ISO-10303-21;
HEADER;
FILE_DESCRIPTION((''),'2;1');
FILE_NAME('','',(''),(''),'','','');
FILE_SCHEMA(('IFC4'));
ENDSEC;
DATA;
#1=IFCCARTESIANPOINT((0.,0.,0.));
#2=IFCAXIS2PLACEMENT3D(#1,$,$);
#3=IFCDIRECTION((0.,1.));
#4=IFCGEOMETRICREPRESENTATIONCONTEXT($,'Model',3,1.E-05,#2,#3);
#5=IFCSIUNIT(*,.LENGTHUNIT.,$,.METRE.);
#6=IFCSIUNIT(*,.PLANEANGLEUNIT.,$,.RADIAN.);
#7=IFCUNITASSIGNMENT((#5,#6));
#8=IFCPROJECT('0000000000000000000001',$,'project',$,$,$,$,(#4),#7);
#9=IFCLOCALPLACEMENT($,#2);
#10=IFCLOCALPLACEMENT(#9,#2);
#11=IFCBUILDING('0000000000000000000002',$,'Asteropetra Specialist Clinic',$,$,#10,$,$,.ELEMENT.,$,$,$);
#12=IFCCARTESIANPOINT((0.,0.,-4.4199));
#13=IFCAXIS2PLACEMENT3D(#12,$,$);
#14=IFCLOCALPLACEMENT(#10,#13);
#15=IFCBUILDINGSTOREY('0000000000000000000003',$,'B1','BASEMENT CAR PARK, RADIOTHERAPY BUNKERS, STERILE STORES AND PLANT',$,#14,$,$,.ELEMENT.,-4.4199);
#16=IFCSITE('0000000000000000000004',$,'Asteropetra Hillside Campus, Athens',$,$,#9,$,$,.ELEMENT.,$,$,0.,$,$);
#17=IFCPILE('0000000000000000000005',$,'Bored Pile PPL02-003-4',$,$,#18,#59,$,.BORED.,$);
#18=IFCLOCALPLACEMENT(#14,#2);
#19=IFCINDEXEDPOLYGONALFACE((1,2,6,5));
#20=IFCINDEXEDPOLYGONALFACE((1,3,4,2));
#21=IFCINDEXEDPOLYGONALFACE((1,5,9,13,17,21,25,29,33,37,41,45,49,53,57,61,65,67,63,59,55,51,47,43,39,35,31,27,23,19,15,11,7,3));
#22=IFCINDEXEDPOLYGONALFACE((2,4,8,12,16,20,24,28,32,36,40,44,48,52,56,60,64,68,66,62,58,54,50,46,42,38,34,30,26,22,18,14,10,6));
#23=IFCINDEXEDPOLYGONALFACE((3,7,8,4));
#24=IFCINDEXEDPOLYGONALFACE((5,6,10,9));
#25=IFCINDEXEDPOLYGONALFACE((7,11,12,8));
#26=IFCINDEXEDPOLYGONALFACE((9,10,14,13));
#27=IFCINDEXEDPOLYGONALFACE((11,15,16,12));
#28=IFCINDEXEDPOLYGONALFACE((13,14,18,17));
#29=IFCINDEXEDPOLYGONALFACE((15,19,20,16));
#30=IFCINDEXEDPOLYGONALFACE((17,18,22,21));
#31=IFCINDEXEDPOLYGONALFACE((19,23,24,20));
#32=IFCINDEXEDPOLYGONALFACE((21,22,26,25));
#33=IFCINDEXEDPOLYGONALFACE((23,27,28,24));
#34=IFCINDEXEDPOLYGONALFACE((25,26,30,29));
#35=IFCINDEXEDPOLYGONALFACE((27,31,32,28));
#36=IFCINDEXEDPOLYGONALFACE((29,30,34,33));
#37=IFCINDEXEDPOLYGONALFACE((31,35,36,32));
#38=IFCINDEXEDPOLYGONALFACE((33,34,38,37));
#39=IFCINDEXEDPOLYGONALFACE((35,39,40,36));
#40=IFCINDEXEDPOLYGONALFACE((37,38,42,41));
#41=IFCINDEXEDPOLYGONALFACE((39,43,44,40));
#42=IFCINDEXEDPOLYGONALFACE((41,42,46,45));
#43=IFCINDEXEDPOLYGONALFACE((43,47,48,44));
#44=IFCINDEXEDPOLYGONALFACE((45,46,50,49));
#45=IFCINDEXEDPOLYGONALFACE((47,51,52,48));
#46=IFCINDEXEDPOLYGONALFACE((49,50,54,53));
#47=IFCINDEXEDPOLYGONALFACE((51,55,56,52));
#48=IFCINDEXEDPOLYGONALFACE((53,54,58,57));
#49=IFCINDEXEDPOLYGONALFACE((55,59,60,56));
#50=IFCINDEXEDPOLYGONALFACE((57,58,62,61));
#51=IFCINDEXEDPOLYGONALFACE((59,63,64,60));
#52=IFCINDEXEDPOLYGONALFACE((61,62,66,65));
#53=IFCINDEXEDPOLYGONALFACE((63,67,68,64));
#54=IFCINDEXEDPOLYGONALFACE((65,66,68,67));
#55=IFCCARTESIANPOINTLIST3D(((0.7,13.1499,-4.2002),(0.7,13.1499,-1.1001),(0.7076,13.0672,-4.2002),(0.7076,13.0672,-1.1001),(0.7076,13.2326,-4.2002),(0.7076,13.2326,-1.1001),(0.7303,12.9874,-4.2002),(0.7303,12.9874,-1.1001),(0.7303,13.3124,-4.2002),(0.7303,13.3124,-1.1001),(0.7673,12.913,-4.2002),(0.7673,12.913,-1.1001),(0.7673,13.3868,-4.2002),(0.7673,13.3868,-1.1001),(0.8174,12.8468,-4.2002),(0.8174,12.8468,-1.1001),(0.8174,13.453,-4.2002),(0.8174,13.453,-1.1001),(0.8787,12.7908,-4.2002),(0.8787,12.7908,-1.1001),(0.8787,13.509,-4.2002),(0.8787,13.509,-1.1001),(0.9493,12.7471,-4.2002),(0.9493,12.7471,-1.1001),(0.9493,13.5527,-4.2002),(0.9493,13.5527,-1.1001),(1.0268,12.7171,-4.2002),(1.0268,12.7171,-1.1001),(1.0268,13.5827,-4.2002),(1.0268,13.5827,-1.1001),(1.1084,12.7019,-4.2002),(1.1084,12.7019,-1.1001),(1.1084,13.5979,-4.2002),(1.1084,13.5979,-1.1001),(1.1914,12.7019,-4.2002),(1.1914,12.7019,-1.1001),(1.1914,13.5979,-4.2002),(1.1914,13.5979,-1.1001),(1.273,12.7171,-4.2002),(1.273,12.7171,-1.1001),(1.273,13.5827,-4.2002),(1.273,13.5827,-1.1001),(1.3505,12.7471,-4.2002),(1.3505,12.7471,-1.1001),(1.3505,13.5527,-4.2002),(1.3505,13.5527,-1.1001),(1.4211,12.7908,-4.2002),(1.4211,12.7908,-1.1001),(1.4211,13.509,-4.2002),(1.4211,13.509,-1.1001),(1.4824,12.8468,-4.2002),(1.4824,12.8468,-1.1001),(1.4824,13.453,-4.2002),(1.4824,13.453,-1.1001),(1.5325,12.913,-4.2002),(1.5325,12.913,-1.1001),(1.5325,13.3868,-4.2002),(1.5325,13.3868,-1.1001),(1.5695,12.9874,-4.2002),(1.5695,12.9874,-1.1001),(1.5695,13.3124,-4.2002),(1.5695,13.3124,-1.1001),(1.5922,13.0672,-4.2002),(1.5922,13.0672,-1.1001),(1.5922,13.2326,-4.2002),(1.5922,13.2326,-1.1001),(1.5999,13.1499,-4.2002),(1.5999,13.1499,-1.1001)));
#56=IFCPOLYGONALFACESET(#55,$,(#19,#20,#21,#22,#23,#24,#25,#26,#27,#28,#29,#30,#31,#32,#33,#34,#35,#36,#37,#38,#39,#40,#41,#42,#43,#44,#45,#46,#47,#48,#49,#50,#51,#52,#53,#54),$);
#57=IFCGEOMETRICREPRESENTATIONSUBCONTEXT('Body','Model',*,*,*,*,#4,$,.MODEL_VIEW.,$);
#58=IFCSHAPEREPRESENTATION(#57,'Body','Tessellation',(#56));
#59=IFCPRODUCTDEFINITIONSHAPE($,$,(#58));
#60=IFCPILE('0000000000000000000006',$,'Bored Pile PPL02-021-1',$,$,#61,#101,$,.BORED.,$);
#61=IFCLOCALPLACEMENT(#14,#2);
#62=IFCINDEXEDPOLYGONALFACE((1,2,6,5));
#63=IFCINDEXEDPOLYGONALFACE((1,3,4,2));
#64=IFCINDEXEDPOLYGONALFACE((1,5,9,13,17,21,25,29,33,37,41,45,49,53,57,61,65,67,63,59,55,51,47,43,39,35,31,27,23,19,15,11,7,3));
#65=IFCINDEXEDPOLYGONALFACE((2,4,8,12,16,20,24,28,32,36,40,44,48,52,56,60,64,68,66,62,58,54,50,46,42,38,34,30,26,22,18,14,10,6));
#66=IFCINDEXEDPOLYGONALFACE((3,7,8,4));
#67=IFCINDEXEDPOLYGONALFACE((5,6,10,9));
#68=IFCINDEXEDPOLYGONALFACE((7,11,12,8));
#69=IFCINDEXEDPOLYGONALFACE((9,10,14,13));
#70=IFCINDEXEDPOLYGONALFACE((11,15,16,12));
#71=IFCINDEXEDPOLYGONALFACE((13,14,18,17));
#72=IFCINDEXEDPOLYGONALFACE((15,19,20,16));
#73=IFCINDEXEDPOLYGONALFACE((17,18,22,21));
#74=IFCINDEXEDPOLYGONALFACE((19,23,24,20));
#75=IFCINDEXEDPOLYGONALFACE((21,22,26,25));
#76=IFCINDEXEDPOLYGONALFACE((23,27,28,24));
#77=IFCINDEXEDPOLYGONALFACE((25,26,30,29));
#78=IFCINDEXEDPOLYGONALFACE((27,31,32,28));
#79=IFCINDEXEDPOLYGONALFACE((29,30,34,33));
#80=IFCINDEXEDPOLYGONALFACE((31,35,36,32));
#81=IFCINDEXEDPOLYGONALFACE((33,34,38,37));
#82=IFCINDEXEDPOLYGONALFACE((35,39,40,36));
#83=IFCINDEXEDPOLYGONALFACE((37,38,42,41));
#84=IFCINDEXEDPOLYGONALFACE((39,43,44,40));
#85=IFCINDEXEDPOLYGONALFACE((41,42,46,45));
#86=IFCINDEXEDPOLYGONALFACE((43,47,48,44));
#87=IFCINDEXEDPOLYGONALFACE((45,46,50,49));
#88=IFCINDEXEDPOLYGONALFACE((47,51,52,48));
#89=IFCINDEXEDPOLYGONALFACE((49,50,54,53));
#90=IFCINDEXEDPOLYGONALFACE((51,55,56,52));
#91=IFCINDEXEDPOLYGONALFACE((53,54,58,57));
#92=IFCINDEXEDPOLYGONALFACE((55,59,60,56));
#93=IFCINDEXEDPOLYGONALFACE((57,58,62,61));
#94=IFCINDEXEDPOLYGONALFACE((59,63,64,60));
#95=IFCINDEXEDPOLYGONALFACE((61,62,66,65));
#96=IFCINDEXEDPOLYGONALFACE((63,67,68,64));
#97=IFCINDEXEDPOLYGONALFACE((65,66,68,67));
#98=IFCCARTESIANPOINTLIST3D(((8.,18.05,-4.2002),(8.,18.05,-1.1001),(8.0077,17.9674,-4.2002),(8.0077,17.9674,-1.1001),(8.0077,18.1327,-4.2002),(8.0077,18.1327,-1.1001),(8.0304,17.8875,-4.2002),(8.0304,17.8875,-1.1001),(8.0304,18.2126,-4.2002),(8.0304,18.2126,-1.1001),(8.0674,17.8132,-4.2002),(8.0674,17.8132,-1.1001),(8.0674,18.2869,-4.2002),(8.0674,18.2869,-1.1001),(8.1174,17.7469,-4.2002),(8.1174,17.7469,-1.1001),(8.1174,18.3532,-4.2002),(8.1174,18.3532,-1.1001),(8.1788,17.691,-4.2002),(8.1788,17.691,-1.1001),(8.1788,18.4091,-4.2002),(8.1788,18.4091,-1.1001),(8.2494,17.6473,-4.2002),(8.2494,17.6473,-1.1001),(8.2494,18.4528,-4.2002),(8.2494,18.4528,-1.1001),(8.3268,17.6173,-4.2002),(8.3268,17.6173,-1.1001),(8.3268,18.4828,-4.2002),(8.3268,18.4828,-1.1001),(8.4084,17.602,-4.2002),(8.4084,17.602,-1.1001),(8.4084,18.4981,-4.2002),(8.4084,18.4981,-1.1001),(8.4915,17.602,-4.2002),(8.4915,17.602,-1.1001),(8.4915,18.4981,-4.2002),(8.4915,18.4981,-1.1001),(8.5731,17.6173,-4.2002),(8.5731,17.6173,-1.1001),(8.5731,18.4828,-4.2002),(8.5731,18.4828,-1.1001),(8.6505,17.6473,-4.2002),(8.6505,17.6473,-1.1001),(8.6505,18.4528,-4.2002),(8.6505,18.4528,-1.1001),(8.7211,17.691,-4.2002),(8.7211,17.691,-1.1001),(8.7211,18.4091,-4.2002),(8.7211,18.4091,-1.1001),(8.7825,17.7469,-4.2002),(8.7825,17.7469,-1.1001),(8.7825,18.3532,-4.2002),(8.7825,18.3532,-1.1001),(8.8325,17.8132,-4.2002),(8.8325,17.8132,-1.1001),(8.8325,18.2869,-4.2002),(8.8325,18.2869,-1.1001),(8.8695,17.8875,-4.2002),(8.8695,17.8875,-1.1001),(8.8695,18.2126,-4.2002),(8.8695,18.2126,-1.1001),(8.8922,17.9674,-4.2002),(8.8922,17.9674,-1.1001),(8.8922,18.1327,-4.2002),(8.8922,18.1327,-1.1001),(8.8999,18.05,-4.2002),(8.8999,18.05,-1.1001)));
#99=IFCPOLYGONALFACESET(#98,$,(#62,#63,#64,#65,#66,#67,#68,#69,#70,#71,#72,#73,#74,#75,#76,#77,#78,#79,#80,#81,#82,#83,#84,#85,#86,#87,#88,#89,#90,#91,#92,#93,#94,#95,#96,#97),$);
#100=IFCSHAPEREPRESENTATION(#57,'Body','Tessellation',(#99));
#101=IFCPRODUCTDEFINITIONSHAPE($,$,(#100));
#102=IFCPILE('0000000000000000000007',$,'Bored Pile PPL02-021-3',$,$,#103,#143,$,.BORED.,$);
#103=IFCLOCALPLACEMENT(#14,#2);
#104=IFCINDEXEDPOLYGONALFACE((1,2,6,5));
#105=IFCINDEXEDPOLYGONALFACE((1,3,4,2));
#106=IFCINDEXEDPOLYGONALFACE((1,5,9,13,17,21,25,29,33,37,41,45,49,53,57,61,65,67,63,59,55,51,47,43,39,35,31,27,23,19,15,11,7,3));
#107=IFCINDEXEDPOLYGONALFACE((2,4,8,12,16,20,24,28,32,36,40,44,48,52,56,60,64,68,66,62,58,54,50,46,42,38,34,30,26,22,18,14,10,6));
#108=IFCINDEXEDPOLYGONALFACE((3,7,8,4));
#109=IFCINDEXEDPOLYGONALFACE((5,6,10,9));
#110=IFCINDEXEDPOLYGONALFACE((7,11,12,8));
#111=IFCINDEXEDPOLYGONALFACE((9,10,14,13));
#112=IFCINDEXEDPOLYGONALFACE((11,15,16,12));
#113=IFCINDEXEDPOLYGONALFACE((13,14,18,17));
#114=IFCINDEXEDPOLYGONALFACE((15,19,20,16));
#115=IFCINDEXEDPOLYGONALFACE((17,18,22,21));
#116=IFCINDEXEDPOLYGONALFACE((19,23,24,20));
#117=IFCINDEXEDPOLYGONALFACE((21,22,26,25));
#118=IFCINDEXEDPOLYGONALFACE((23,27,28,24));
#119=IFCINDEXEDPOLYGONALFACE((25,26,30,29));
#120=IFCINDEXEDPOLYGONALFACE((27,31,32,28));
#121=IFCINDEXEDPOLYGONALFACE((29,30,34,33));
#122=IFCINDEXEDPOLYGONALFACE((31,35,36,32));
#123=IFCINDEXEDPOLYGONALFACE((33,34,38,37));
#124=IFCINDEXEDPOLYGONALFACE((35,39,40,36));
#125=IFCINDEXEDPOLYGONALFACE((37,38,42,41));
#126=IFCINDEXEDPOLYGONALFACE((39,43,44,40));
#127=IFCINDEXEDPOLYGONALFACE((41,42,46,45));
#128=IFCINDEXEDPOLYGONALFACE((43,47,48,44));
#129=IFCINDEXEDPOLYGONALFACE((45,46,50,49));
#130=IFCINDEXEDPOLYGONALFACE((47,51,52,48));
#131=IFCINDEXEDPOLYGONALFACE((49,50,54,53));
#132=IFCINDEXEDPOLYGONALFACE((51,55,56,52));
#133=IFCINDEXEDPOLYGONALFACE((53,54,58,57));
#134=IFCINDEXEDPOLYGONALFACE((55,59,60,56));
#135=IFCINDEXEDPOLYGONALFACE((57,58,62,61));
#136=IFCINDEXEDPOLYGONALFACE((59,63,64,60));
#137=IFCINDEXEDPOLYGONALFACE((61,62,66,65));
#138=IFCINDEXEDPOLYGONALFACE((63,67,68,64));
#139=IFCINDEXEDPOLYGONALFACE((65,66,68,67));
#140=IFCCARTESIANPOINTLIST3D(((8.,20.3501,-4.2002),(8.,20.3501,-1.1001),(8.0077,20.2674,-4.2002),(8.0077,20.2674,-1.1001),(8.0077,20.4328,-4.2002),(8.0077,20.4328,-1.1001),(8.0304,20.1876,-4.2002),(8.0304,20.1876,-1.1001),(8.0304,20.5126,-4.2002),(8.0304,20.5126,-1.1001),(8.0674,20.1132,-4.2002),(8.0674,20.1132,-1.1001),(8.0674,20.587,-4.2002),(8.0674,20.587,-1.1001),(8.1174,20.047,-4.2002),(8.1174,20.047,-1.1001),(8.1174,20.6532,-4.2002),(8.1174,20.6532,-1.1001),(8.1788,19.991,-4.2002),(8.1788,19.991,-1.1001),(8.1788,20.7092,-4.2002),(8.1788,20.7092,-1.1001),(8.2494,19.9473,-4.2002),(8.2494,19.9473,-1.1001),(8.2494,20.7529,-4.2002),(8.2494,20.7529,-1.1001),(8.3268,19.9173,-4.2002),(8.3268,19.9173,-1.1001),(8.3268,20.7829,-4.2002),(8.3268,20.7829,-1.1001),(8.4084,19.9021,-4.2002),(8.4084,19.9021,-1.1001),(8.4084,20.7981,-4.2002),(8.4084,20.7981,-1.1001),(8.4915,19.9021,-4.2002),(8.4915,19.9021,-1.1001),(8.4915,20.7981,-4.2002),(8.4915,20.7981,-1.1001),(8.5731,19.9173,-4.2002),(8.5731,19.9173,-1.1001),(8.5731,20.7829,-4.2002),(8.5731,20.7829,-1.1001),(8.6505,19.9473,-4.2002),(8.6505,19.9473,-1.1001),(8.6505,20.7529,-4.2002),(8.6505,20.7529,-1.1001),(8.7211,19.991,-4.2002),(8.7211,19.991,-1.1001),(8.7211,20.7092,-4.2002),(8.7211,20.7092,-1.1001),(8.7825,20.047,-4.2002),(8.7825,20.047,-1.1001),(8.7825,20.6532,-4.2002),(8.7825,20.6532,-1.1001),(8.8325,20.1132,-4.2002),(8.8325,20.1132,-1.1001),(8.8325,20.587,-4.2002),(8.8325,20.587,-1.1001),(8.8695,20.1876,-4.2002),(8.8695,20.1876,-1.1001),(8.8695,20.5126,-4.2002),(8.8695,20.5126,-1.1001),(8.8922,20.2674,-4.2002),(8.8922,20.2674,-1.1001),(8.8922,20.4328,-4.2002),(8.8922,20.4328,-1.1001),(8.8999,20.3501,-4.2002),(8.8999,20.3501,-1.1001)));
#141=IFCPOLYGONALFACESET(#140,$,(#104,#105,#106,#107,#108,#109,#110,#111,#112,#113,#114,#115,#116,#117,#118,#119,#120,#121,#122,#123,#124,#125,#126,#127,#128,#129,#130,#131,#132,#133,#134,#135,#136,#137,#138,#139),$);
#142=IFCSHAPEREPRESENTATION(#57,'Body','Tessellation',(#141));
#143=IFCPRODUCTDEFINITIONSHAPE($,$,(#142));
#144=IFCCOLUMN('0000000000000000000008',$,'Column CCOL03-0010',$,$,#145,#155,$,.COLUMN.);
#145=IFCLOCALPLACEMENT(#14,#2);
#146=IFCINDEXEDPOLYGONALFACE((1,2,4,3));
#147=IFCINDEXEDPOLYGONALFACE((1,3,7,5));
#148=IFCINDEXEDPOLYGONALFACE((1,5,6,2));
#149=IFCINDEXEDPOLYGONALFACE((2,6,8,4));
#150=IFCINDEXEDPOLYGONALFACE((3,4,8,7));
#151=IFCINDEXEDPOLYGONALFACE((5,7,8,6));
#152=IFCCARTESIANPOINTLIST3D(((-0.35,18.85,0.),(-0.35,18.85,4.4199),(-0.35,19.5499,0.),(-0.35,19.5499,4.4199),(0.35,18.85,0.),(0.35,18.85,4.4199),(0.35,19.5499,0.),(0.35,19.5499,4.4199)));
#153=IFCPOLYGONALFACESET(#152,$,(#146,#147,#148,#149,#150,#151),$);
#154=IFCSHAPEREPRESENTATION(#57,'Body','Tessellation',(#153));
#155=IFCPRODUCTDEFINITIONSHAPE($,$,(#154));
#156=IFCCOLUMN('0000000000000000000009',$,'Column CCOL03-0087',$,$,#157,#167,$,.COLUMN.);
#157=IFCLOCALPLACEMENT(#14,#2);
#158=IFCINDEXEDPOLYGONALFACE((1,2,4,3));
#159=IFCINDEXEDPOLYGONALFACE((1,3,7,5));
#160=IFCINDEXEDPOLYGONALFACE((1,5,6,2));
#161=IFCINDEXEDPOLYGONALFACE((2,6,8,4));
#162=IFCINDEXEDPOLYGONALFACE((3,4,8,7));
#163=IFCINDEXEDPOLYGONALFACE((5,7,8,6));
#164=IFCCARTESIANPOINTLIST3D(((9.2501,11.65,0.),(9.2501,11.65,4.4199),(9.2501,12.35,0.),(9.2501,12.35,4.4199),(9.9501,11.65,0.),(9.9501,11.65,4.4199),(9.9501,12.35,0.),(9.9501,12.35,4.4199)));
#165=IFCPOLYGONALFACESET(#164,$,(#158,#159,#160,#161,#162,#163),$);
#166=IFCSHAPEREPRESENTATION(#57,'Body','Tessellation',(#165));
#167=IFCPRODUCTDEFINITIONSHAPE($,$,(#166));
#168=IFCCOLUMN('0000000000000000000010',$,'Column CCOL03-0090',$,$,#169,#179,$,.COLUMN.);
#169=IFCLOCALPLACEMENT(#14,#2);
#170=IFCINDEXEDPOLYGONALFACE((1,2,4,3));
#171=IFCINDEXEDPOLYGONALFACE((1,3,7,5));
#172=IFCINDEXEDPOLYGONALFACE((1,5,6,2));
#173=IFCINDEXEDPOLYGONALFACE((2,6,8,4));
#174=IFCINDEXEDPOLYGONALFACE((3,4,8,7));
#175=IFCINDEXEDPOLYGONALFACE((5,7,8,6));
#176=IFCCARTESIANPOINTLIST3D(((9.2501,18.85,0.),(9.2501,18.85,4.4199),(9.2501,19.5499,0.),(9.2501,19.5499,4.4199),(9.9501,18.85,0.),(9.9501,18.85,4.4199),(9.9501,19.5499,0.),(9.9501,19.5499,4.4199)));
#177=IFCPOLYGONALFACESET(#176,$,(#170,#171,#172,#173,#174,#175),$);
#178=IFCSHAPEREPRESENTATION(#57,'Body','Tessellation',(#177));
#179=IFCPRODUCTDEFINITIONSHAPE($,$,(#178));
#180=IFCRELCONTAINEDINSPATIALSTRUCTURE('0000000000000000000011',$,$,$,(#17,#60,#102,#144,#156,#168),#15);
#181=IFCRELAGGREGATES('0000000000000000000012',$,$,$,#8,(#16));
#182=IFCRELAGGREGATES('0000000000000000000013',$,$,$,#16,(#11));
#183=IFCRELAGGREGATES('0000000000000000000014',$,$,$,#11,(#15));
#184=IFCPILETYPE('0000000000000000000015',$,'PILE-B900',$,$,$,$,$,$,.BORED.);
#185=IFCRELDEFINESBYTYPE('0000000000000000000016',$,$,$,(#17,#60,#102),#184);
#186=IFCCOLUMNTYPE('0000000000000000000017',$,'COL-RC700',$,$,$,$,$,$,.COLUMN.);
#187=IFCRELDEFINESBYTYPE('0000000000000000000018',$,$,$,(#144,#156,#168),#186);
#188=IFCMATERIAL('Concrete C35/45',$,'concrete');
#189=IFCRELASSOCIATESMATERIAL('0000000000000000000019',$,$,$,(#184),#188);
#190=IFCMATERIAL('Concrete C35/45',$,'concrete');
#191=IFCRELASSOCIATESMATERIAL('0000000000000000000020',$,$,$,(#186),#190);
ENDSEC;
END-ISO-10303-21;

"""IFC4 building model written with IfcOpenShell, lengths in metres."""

from ifc_helpers import new_model, si_unit, direction, frame, origin, origin_2d, place, context, subcontext, project, spatial, rectangle, circle, extrude, material, material_profile, profile_set, type_object, element, save


model = new_model("IFC4")

# Units and contexts
model_context = context("Model", 3, precision=1e-05, world=origin(), true_north=direction((0.0, 1.0)))
body_context = subcontext(model_context, "Body", "Model", "MODEL_VIEW")
ifc_project = project(units=[si_unit("LENGTHUNIT", "METRE"), si_unit("PLANEANGLEUNIT", "RADIAN")], contexts=[model_context])

# Site, building, storey
site_placement = place(None, origin())
site = spatial("IfcSite", under=ifc_project, at=site_placement, Name="Asteropetra Hillside Campus, Athens", CompositionType="ELEMENT", RefElevation=0.0)
building_placement = place(site_placement, origin())
building = spatial("IfcBuilding", under=site, at=building_placement, Name="Asteropetra Specialist Clinic", CompositionType="ELEMENT")
storey_placement = place(building_placement, frame((0.0, 0.0, -4.4199)))
storey = spatial("IfcBuildingStorey", under=building, at=storey_placement, Name="B1", Description="BASEMENT CAR PARK, RADIOTHERAPY BUNKERS, STERILE STORES AND PLANT", CompositionType="ELEMENT", Elevation=-4.4199)

# Piles
ifc_material_1 = material(Name="Concrete C35/45", Category="concrete")
ifc_material_profile_1 = material_profile(ifc_material_1, circle(Radius=0.45, at=origin_2d()), Name="PILE D900")
ifc_profile_set_1 = profile_set([ifc_material_profile_1], Name="Concrete C35/45")
pile_type_1 = type_object("IfcPileType", Name="PILE-B900", PredefinedType="BORED", material=ifc_profile_set_1)
for number, where, z_axis, x_axis, name in (
    (1, (1.1499, 13.1499, -1.1001), (0.0, 0.0, -1.0), (1.0, 0.0, 0.0), "Bored Pile PPL02-003-4"),
    (2, (8.45, 18.05, -1.1001), (0.0, 0.0, -1.0), (1.0, 0.0, 0.0), "Bored Pile PPL02-021-1"),
    (3, (8.45, 20.3501, -1.1001), (0.0, 0.0, -1.0), (1.0, 0.0, 0.0), "Bored Pile PPL02-021-3"),
):
    element("IfcPile", number, at=place(storey_placement, frame(where, z_axis=z_axis, x_axis=x_axis)), inside=storey, type_object=pile_type_1, Name=name, PredefinedType="BORED", context=body_context, shape_type="SweptSolid", body=[
        extrude(circle(Radius=0.45, at=origin_2d()), origin(), (0.0, 0.0, 1.0), 3.1001),
    ])

# Columns
ifc_material_2 = material(Name="Concrete C35/45", Category="concrete")
ifc_material_profile_2 = material_profile(ifc_material_2, rectangle(XDim=0.7, YDim=0.7, at=origin_2d()), Name="RC 700x700")
ifc_profile_set_2 = profile_set([ifc_material_profile_2], Name="Concrete C35/45")
column_type = type_object("IfcColumnType", Name="COL-RC700", PredefinedType="COLUMN", material=ifc_profile_set_2)
for number, where, z_axis, x_axis, name in (
    (4, (0.0, 19.2, 0.0), (0.0, 0.0, 1.0), (1.0, 0.0, 0.0), "Column CCOL03-0010"),
    (5, (9.6001, 12.0, 0.0), (0.0, 0.0, 1.0), (1.0, 0.0, 0.0), "Column CCOL03-0087"),
    (6, (9.6001, 19.2, 0.0), (0.0, 0.0, 1.0), (1.0, 0.0, 0.0), "Column CCOL03-0090"),
):
    element("IfcColumn", number, at=place(storey_placement, frame(where, z_axis=z_axis, x_axis=x_axis)), inside=storey, type_object=column_type, Name=name, PredefinedType="COLUMN", context=body_context, shape_type="SweptSolid", body=[
        extrude(rectangle(XDim=0.7, YDim=0.7, at=origin_2d()), origin(), (0.0, 0.0, 1.0), 4.4199),
    ])

save(model, "model.ifc")
